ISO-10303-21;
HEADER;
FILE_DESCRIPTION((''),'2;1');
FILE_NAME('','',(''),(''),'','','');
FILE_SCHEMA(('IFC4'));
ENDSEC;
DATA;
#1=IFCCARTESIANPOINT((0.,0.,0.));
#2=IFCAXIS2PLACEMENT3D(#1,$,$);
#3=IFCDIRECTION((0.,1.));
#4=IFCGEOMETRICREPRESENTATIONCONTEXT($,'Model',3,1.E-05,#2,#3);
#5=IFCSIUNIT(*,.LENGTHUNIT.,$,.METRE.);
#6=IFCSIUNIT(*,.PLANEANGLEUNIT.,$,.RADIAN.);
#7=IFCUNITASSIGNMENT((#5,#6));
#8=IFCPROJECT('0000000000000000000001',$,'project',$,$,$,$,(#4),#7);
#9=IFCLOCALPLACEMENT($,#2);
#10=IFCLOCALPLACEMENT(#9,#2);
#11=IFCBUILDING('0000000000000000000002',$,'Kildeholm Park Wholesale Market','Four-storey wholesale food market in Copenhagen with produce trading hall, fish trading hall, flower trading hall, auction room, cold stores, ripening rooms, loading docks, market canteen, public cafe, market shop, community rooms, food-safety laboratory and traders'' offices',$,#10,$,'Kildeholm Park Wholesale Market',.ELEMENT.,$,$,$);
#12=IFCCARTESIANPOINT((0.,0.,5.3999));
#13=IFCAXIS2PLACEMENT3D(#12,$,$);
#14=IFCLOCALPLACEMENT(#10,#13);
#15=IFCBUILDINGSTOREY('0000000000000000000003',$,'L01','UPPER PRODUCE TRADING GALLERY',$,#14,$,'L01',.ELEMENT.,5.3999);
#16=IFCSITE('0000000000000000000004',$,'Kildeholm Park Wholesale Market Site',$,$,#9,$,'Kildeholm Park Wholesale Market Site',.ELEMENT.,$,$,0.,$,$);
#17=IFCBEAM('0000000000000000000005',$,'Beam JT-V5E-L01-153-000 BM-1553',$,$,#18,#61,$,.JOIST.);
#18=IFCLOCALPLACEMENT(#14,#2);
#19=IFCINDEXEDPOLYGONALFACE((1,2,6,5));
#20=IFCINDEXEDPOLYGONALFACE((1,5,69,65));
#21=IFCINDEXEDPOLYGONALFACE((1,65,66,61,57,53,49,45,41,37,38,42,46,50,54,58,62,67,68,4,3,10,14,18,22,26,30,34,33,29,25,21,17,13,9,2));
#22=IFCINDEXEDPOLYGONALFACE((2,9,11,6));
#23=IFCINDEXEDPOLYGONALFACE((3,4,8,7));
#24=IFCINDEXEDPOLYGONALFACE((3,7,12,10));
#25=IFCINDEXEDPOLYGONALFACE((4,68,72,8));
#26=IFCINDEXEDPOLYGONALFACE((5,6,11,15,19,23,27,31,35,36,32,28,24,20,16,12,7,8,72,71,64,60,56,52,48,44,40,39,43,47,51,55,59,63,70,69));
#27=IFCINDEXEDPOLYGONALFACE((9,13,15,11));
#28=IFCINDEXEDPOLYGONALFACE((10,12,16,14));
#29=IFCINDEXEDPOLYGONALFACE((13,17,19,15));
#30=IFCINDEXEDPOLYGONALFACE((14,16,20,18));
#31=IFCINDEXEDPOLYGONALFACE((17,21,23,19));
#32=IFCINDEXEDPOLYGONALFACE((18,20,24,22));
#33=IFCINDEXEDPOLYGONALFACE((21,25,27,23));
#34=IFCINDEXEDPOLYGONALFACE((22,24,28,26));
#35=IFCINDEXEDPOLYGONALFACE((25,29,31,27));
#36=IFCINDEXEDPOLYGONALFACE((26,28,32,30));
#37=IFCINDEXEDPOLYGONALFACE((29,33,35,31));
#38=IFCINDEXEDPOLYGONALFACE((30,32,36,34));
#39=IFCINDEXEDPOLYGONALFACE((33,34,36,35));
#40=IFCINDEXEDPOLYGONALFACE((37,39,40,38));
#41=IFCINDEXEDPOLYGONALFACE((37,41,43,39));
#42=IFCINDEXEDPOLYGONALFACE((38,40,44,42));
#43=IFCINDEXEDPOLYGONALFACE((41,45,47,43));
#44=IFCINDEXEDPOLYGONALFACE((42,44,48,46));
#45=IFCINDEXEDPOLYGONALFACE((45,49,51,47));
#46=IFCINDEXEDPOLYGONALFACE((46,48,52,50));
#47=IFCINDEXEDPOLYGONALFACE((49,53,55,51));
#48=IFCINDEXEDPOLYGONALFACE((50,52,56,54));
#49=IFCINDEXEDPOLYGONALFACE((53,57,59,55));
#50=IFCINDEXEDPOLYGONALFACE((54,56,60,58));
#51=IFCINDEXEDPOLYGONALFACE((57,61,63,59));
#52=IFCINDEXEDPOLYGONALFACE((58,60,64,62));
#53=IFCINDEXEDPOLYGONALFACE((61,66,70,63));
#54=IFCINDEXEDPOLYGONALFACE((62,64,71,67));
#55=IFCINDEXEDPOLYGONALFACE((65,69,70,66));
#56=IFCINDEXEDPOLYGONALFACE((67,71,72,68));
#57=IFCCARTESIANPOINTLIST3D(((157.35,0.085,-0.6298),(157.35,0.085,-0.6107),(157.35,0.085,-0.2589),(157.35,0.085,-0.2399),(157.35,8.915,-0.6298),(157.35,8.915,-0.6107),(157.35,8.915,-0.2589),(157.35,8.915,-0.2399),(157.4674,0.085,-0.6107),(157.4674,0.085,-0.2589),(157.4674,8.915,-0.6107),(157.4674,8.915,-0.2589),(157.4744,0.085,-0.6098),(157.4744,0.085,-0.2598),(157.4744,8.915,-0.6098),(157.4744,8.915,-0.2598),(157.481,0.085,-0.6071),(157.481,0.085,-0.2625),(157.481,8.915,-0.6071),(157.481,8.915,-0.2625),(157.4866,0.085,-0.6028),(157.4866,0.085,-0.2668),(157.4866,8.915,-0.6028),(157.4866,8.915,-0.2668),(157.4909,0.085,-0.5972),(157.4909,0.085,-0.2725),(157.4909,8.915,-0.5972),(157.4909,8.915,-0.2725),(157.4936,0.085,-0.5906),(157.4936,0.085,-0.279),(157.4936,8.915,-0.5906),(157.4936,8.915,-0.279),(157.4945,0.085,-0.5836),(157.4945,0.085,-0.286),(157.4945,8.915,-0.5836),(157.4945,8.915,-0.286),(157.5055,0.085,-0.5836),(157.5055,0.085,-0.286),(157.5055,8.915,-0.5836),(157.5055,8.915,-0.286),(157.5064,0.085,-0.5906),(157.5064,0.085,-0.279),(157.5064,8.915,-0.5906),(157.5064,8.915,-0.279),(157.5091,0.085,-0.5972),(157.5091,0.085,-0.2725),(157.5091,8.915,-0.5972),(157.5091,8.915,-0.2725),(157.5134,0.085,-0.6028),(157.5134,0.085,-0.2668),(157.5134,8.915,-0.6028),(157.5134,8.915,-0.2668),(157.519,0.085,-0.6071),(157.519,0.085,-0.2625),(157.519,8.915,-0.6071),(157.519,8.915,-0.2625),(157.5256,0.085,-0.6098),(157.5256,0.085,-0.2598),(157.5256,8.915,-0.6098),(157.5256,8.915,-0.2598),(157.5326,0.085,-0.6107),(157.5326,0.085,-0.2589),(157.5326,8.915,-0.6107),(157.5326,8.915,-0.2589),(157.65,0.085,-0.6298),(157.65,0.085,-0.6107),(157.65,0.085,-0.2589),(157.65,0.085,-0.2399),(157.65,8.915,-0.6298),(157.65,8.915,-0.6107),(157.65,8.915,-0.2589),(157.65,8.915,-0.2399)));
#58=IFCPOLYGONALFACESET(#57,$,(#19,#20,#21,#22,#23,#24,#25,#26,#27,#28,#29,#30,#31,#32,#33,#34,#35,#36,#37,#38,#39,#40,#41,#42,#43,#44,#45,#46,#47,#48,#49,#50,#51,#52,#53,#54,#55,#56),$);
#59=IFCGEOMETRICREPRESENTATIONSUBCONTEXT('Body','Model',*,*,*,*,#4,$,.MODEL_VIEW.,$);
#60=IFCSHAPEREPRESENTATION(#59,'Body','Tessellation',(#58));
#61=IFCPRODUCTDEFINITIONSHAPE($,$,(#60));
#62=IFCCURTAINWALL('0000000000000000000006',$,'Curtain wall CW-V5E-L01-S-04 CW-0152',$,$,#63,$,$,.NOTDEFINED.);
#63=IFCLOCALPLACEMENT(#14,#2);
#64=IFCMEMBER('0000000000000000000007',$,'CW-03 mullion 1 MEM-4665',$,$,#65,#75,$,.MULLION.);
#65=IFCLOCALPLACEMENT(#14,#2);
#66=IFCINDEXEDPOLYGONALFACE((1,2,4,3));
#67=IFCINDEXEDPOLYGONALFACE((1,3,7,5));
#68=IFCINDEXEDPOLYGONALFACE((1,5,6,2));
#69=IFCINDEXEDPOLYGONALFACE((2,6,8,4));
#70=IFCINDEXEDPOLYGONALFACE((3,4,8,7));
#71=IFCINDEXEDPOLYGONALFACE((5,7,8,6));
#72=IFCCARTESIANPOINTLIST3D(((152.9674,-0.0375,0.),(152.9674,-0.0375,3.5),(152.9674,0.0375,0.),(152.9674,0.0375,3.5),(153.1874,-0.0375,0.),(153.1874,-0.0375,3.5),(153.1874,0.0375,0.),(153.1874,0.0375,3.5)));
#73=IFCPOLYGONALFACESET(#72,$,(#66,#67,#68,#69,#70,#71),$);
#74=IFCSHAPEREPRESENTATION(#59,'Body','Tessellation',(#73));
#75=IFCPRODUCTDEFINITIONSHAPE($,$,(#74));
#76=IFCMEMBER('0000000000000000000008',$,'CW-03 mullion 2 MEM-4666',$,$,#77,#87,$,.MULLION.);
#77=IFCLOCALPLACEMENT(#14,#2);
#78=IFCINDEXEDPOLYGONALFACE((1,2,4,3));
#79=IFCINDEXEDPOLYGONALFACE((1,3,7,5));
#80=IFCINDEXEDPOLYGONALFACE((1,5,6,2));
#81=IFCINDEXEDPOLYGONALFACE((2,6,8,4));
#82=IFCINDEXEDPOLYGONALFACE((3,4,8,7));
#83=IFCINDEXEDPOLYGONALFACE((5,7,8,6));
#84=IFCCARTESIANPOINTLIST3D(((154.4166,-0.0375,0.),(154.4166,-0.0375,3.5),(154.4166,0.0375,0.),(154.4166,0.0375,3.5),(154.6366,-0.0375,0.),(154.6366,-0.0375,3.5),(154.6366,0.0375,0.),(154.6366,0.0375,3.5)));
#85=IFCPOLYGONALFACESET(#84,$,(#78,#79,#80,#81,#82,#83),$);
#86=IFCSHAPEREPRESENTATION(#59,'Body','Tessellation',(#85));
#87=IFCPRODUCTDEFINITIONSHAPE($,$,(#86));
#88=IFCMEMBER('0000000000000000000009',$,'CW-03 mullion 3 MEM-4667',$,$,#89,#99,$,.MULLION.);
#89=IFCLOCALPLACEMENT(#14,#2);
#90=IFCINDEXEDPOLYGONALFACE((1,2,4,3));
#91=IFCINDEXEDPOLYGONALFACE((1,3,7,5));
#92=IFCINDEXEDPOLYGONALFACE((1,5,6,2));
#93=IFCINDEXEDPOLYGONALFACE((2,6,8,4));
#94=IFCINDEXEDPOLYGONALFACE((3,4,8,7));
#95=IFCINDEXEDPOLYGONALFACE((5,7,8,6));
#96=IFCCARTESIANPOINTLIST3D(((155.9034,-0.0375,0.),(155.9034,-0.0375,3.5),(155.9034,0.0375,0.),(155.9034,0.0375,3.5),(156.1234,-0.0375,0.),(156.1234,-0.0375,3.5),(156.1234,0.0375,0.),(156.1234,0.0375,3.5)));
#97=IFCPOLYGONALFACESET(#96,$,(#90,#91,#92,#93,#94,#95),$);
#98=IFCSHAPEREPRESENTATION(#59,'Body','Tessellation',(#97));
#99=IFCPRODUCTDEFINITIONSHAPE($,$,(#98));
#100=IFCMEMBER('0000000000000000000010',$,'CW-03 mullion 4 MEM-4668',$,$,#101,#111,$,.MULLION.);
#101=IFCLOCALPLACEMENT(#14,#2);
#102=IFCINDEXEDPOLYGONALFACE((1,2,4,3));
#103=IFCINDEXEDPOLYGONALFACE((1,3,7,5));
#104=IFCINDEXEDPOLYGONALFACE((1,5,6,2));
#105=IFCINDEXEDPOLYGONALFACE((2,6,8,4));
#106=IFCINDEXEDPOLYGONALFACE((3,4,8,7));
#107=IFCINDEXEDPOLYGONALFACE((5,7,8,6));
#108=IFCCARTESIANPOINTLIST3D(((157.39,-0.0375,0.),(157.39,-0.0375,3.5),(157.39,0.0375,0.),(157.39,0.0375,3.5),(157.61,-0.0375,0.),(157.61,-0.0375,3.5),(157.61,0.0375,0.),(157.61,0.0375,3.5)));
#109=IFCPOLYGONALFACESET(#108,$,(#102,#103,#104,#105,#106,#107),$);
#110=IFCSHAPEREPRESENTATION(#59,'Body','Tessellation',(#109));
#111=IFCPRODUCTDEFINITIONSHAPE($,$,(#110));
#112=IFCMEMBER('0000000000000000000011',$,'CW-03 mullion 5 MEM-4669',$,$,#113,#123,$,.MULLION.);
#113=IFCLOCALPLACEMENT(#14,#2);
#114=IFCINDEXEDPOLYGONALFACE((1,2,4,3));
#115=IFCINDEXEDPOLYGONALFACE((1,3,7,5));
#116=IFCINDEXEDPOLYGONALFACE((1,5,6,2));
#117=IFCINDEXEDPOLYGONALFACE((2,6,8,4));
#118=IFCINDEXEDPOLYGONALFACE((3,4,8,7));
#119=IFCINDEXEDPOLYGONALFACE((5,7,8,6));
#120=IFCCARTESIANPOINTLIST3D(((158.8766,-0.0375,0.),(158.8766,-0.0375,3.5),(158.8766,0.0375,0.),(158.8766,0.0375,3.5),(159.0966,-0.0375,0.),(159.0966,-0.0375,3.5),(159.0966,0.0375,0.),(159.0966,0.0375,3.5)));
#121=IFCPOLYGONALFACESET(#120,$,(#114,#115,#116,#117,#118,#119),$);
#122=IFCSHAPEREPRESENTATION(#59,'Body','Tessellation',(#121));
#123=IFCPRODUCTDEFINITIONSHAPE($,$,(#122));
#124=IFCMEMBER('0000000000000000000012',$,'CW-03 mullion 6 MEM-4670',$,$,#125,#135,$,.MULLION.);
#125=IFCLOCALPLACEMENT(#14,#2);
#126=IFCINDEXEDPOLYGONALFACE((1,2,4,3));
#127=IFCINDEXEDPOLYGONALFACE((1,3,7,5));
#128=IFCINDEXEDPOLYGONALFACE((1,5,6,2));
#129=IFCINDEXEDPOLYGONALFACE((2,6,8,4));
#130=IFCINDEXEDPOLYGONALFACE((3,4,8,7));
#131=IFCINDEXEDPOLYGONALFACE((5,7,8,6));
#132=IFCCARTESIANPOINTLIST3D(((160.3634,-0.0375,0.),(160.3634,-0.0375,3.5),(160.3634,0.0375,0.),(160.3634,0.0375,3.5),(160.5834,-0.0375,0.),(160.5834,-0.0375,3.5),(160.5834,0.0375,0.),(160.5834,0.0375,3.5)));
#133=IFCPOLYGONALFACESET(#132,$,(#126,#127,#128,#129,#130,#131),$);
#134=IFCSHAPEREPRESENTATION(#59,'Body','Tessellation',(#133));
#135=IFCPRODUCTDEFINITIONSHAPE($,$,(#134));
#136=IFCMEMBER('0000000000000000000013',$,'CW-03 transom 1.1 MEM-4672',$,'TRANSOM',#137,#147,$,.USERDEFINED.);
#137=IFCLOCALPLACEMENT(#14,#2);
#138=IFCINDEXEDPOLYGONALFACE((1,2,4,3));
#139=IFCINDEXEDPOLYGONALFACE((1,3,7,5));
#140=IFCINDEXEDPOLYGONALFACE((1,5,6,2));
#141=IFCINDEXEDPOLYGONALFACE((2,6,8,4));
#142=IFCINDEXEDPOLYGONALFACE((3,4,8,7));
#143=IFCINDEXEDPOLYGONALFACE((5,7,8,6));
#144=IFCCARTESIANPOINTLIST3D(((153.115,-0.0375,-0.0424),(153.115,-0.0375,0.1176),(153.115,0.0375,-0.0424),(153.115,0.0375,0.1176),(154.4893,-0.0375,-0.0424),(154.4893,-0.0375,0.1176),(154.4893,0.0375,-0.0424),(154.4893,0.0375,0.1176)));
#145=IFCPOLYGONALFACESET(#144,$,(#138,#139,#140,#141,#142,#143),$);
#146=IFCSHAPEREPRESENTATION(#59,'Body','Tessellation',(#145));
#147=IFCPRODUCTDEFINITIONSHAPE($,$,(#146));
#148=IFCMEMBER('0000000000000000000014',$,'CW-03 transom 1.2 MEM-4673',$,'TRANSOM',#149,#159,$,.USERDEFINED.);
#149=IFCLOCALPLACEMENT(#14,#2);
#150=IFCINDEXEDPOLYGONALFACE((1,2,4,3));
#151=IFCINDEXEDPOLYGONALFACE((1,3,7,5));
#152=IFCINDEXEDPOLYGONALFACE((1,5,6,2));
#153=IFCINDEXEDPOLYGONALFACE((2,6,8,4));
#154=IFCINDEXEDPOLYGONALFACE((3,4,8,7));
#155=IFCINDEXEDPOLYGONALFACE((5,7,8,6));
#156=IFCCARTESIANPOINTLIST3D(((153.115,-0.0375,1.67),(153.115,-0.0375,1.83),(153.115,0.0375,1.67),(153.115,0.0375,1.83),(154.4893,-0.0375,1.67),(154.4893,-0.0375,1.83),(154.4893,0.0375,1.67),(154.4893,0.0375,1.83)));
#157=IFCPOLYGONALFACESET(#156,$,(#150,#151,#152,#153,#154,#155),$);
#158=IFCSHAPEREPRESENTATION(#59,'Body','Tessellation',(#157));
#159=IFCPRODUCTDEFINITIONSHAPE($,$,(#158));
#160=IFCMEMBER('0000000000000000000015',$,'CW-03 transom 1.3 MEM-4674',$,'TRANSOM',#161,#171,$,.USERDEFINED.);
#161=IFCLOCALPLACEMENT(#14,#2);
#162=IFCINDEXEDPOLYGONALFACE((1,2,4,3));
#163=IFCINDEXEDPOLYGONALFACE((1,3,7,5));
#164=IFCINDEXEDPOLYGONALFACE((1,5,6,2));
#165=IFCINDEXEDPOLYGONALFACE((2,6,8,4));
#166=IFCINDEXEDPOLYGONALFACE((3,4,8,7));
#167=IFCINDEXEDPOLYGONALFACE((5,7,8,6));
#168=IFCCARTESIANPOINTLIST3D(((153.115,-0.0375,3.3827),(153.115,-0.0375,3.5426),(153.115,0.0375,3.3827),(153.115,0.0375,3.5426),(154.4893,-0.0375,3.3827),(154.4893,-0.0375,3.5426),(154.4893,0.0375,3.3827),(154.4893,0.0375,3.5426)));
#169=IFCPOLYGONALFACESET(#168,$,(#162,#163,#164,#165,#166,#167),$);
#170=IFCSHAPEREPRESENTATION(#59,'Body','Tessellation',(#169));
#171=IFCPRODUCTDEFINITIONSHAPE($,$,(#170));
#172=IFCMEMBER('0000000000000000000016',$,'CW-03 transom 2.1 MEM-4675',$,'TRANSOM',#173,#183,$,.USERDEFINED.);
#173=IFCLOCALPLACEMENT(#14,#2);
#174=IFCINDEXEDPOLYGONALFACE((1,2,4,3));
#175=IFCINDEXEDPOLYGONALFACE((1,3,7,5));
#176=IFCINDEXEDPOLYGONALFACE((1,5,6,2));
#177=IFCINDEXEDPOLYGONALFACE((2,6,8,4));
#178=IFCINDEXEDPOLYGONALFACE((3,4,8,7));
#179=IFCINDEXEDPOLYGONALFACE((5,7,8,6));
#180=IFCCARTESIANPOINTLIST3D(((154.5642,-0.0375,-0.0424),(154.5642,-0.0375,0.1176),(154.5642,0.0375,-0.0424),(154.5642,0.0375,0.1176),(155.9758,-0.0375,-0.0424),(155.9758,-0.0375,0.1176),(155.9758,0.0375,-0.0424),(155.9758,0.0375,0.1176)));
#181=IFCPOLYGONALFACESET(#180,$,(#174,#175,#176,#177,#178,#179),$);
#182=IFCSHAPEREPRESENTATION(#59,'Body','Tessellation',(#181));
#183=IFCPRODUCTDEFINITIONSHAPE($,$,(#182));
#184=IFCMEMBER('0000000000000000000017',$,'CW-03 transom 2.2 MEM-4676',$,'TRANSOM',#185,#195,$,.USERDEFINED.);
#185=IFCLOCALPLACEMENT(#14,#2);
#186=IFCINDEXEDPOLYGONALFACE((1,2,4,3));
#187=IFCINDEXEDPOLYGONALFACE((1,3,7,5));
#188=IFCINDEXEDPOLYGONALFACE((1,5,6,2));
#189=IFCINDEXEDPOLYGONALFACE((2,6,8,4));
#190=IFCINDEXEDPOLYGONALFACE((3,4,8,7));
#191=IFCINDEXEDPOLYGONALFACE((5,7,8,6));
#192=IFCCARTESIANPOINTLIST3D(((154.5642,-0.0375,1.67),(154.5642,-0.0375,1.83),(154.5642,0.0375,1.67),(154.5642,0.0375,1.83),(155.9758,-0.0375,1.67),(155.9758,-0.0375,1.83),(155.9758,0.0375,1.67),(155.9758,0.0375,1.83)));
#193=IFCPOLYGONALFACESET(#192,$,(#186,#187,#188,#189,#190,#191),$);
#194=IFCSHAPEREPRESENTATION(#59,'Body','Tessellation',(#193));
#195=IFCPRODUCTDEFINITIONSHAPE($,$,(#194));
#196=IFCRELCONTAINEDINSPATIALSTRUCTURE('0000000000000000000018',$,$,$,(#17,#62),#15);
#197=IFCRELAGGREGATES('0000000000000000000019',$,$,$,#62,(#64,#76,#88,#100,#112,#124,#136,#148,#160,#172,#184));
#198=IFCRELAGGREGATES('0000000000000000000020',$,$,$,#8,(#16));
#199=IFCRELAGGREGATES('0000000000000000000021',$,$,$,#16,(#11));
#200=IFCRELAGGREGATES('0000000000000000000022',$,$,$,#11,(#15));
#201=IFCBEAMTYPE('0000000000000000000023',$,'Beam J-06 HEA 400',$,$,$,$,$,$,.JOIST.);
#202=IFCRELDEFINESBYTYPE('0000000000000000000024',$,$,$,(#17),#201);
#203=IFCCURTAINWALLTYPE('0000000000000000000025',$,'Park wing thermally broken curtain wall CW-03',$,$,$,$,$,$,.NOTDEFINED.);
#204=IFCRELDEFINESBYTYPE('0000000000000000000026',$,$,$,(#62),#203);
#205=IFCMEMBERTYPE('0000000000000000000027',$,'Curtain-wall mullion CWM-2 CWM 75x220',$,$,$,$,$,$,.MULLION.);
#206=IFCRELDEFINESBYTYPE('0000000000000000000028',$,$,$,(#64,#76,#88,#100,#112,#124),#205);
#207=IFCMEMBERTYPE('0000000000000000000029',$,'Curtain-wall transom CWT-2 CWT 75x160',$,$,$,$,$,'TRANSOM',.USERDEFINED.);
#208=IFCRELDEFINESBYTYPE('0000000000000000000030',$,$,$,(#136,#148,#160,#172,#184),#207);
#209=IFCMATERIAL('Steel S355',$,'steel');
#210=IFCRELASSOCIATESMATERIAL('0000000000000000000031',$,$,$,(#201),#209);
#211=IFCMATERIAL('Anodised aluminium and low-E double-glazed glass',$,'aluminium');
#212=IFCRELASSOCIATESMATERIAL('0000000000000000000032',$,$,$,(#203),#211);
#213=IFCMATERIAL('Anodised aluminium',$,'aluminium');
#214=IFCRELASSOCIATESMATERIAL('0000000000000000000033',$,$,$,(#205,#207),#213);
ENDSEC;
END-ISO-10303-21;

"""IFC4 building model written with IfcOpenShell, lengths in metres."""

from ifc_helpers import new_model, si_unit, direction, frame, origin, origin_2d, place, context, subcontext, project, spatial, rectangle, i_section, extrude, material, material_profile, profile_set, type_object, element, aggregate, save


model = new_model("IFC4")

# Units and contexts
model_context = context("Model", 3, precision=1e-05, world=origin(), true_north=direction((0.0, 1.0)))
body_context = subcontext(model_context, "Body", "Model", "MODEL_VIEW")
ifc_project = project(units=[si_unit("LENGTHUNIT", "METRE"), si_unit("PLANEANGLEUNIT", "RADIAN")], contexts=[model_context])

# Site, building, storey
site_placement = place(None, origin())
site = spatial("IfcSite", under=ifc_project, at=site_placement, Name="Kildeholm Park Wholesale Market Site", LongName="Kildeholm Park Wholesale Market Site", CompositionType="ELEMENT", RefElevation=0.0)
building_placement = place(site_placement, origin())
building = spatial("IfcBuilding", under=site, at=building_placement, Name="Kildeholm Park Wholesale Market", Description="Four-storey wholesale food market in Copenhagen with produce trading hall, fish trading hall, flower trading hall, auction room, cold stores, ripening rooms, loading docks, market canteen, public cafe, market shop, community rooms, food-safety laboratory and traders' offices", LongName="Kildeholm Park Wholesale Market", CompositionType="ELEMENT")
storey_placement = place(building_placement, frame((0.0, 0.0, 5.3999)))
storey = spatial("IfcBuildingStorey", under=building, at=storey_placement, Name="L01", Description="UPPER PRODUCE TRADING GALLERY", LongName="L01", CompositionType="ELEMENT", Elevation=5.3999)

# Beam
ifc_material_1 = material(Name="Steel S355", Category="steel")
ifc_material_profile_1 = material_profile(ifc_material_1, i_section(OverallWidth=0.3, OverallDepth=0.3899, WebThickness=0.011, FlangeThickness=0.019, FilletRadius=0.0271, at=origin_2d()), Name="HEA 400")
ifc_profile_set_1 = profile_set([ifc_material_profile_1], Name="Steel S355")
beam_type = type_object("IfcBeamType", Name="Beam J-06 HEA 400", PredefinedType="JOIST", material=ifc_profile_set_1)
beam_placement = place(storey_placement, frame((157.5, 0.085, -0.4348), z_axis=(0.0, 1.0, 0.0), x_axis=(-1.0, 0.0, 0.0)))
element("IfcBeam", 1, at=beam_placement, inside=storey, type_object=beam_type, Name="Beam JT-V5E-L01-153-000 BM-1553", PredefinedType="JOIST", context=body_context, shape_type="SweptSolid", body=[
    extrude(i_section(OverallWidth=0.3, OverallDepth=0.3899, WebThickness=0.011, FlangeThickness=0.019, FilletRadius=0.0271, at=origin_2d()), origin(), (0.0, 0.0, 1.0), 8.8301),
])

# Curtain wall, members
ifc_material_2 = material(Name="Anodised aluminium and low-E double-glazed glass", Category="aluminium")
curtain_wall_type = type_object("IfcCurtainWallType", Name="Park wing thermally broken curtain wall CW-03", PredefinedType="NOTDEFINED", material=ifc_material_2)
curtain_wall_placement = place(storey_placement, origin())
curtain_wall = element("IfcCurtainWall", 2, at=curtain_wall_placement, inside=storey, type_object=curtain_wall_type, Name="Curtain wall CW-V5E-L01-S-04 CW-0152", PredefinedType="NOTDEFINED")
ifc_material_3 = material(Name="Anodised aluminium", Category="aluminium")
ifc_material_profile_2 = material_profile(ifc_material_3, rectangle(XDim=0.075, YDim=0.22, at=origin_2d()), Name="CWM 75x220")
ifc_profile_set_2 = profile_set([ifc_material_profile_2], Name="Anodised aluminium")
member_type_1 = type_object("IfcMemberType", Name="Curtain-wall mullion CWM-2 CWM 75x220", PredefinedType="MULLION", material=ifc_profile_set_2)
member_1_placement = place(storey_placement, frame((153.0774, 0.0, 0.0), z_axis=(0.0, 0.0, 1.0), x_axis=(0.0, 1.0, 0.0)))
member_1 = element("IfcMember", 3, at=member_1_placement, type_object=member_type_1, Name="CW-03 mullion 1 MEM-4665", PredefinedType="MULLION", context=body_context, shape_type="SweptSolid", body=[
    extrude(rectangle(XDim=0.075, YDim=0.22, at=origin_2d()), origin(), (0.0, 0.0, 1.0), 3.5),
])
member_2_placement = place(storey_placement, frame((154.5266, 0.0, 0.0), z_axis=(0.0, 0.0, 1.0), x_axis=(0.0, 1.0, 0.0)))
member_2 = element("IfcMember", 4, at=member_2_placement, type_object=member_type_1, Name="CW-03 mullion 2 MEM-4666", PredefinedType="MULLION", context=body_context, shape_type="SweptSolid", body=[
    extrude(rectangle(XDim=0.075, YDim=0.22, at=origin_2d()), origin(), (0.0, 0.0, 1.0), 3.5),
])
member_3_placement = place(storey_placement, frame((156.0134, 0.0, 0.0), z_axis=(0.0, 0.0, 1.0), x_axis=(0.0, 1.0, 0.0)))
member_3 = element("IfcMember", 5, at=member_3_placement, type_object=member_type_1, Name="CW-03 mullion 3 MEM-4667", PredefinedType="MULLION", context=body_context, shape_type="SweptSolid", body=[
    extrude(rectangle(XDim=0.075, YDim=0.22, at=origin_2d()), origin(), (0.0, 0.0, 1.0), 3.5),
])
member_4_placement = place(storey_placement, frame((157.5, 0.0, 0.0), z_axis=(0.0, 0.0, 1.0), x_axis=(0.0, 1.0, 0.0)))
member_4 = element("IfcMember", 6, at=member_4_placement, type_object=member_type_1, Name="CW-03 mullion 4 MEM-4668", PredefinedType="MULLION", context=body_context, shape_type="SweptSolid", body=[
    extrude(rectangle(XDim=0.075, YDim=0.22, at=origin_2d()), origin(), (0.0, 0.0, 1.0), 3.5),
])
member_5_placement = place(storey_placement, frame((158.9866, 0.0, 0.0), z_axis=(0.0, 0.0, 1.0), x_axis=(0.0, 1.0, 0.0)))
member_5 = element("IfcMember", 7, at=member_5_placement, type_object=member_type_1, Name="CW-03 mullion 5 MEM-4669", PredefinedType="MULLION", context=body_context, shape_type="SweptSolid", body=[
    extrude(rectangle(XDim=0.075, YDim=0.22, at=origin_2d()), origin(), (0.0, 0.0, 1.0), 3.5),
])
member_6_placement = place(storey_placement, frame((160.4734, 0.0, 0.0), z_axis=(0.0, 0.0, 1.0), x_axis=(0.0, 1.0, 0.0)))
member_6 = element("IfcMember", 8, at=member_6_placement, type_object=member_type_1, Name="CW-03 mullion 6 MEM-4670", PredefinedType="MULLION", context=body_context, shape_type="SweptSolid", body=[
    extrude(rectangle(XDim=0.075, YDim=0.22, at=origin_2d()), origin(), (0.0, 0.0, 1.0), 3.5),
])
ifc_material_profile_3 = material_profile(ifc_material_3, rectangle(XDim=0.075, YDim=0.1599, at=origin_2d()), Name="CWT 75x160")
ifc_profile_set_3 = profile_set([ifc_material_profile_3], Name="Anodised aluminium")
member_type_2 = type_object("IfcMemberType", Name="Curtain-wall transom CWT-2 CWT 75x160", ElementType="TRANSOM", PredefinedType="USERDEFINED", material=ifc_profile_set_3)
member_7_placement = place(storey_placement, frame((153.115, 0.0, 0.0376), z_axis=(1.0, 0.0, 0.0), x_axis=(0.0, 1.0, 0.0)))
member_7 = element("IfcMember", 9, at=member_7_placement, type_object=member_type_2, Name="CW-03 transom 1.1 MEM-4672", ObjectType="TRANSOM", PredefinedType="USERDEFINED", context=body_context, shape_type="SweptSolid", body=[
    extrude(rectangle(XDim=0.075, YDim=0.1599, at=origin_2d()), origin(), (0.0, 0.0, 1.0), 1.3743),
])
member_8_placement = place(storey_placement, frame((153.115, 0.0, 1.75), z_axis=(1.0, 0.0, 0.0), x_axis=(0.0, 1.0, 0.0)))
member_8 = element("IfcMember", 10, at=member_8_placement, type_object=member_type_2, Name="CW-03 transom 1.2 MEM-4673", ObjectType="TRANSOM", PredefinedType="USERDEFINED", context=body_context, shape_type="SweptSolid", body=[
    extrude(rectangle(XDim=0.075, YDim=0.1599, at=origin_2d()), origin(), (0.0, 0.0, 1.0), 1.3743),
])
member_9_placement = place(storey_placement, frame((153.115, 0.0, 3.4626), z_axis=(1.0, 0.0, 0.0), x_axis=(0.0, 1.0, 0.0)))
member_9 = element("IfcMember", 11, at=member_9_placement, type_object=member_type_2, Name="CW-03 transom 1.3 MEM-4674", ObjectType="TRANSOM", PredefinedType="USERDEFINED", context=body_context, shape_type="SweptSolid", body=[
    extrude(rectangle(XDim=0.075, YDim=0.1599, at=origin_2d()), origin(), (0.0, 0.0, 1.0), 1.3743),
])
member_10_placement = place(storey_placement, frame((154.5642, 0.0, 0.0376), z_axis=(1.0, 0.0, 0.0), x_axis=(0.0, 1.0, 0.0)))
member_10 = element("IfcMember", 12, at=member_10_placement, type_object=member_type_2, Name="CW-03 transom 2.1 MEM-4675", ObjectType="TRANSOM", PredefinedType="USERDEFINED", context=body_context, shape_type="SweptSolid", body=[
    extrude(rectangle(XDim=0.075, YDim=0.1599, at=origin_2d()), origin(), (0.0, 0.0, 1.0), 1.4116),
])
member_11_placement = place(storey_placement, frame((154.5642, 0.0, 1.75), z_axis=(1.0, 0.0, 0.0), x_axis=(0.0, 1.0, 0.0)))
member_11 = element("IfcMember", 13, at=member_11_placement, type_object=member_type_2, Name="CW-03 transom 2.2 MEM-4676", ObjectType="TRANSOM", PredefinedType="USERDEFINED", context=body_context, shape_type="SweptSolid", body=[
    extrude(rectangle(XDim=0.075, YDim=0.1599, at=origin_2d()), origin(), (0.0, 0.0, 1.0), 1.4116),
])
aggregate(curtain_wall, [member_1, member_2, member_3, member_4, member_5, member_6, member_7, member_8, member_9, member_10, member_11])

save(model, "model.ifc")
